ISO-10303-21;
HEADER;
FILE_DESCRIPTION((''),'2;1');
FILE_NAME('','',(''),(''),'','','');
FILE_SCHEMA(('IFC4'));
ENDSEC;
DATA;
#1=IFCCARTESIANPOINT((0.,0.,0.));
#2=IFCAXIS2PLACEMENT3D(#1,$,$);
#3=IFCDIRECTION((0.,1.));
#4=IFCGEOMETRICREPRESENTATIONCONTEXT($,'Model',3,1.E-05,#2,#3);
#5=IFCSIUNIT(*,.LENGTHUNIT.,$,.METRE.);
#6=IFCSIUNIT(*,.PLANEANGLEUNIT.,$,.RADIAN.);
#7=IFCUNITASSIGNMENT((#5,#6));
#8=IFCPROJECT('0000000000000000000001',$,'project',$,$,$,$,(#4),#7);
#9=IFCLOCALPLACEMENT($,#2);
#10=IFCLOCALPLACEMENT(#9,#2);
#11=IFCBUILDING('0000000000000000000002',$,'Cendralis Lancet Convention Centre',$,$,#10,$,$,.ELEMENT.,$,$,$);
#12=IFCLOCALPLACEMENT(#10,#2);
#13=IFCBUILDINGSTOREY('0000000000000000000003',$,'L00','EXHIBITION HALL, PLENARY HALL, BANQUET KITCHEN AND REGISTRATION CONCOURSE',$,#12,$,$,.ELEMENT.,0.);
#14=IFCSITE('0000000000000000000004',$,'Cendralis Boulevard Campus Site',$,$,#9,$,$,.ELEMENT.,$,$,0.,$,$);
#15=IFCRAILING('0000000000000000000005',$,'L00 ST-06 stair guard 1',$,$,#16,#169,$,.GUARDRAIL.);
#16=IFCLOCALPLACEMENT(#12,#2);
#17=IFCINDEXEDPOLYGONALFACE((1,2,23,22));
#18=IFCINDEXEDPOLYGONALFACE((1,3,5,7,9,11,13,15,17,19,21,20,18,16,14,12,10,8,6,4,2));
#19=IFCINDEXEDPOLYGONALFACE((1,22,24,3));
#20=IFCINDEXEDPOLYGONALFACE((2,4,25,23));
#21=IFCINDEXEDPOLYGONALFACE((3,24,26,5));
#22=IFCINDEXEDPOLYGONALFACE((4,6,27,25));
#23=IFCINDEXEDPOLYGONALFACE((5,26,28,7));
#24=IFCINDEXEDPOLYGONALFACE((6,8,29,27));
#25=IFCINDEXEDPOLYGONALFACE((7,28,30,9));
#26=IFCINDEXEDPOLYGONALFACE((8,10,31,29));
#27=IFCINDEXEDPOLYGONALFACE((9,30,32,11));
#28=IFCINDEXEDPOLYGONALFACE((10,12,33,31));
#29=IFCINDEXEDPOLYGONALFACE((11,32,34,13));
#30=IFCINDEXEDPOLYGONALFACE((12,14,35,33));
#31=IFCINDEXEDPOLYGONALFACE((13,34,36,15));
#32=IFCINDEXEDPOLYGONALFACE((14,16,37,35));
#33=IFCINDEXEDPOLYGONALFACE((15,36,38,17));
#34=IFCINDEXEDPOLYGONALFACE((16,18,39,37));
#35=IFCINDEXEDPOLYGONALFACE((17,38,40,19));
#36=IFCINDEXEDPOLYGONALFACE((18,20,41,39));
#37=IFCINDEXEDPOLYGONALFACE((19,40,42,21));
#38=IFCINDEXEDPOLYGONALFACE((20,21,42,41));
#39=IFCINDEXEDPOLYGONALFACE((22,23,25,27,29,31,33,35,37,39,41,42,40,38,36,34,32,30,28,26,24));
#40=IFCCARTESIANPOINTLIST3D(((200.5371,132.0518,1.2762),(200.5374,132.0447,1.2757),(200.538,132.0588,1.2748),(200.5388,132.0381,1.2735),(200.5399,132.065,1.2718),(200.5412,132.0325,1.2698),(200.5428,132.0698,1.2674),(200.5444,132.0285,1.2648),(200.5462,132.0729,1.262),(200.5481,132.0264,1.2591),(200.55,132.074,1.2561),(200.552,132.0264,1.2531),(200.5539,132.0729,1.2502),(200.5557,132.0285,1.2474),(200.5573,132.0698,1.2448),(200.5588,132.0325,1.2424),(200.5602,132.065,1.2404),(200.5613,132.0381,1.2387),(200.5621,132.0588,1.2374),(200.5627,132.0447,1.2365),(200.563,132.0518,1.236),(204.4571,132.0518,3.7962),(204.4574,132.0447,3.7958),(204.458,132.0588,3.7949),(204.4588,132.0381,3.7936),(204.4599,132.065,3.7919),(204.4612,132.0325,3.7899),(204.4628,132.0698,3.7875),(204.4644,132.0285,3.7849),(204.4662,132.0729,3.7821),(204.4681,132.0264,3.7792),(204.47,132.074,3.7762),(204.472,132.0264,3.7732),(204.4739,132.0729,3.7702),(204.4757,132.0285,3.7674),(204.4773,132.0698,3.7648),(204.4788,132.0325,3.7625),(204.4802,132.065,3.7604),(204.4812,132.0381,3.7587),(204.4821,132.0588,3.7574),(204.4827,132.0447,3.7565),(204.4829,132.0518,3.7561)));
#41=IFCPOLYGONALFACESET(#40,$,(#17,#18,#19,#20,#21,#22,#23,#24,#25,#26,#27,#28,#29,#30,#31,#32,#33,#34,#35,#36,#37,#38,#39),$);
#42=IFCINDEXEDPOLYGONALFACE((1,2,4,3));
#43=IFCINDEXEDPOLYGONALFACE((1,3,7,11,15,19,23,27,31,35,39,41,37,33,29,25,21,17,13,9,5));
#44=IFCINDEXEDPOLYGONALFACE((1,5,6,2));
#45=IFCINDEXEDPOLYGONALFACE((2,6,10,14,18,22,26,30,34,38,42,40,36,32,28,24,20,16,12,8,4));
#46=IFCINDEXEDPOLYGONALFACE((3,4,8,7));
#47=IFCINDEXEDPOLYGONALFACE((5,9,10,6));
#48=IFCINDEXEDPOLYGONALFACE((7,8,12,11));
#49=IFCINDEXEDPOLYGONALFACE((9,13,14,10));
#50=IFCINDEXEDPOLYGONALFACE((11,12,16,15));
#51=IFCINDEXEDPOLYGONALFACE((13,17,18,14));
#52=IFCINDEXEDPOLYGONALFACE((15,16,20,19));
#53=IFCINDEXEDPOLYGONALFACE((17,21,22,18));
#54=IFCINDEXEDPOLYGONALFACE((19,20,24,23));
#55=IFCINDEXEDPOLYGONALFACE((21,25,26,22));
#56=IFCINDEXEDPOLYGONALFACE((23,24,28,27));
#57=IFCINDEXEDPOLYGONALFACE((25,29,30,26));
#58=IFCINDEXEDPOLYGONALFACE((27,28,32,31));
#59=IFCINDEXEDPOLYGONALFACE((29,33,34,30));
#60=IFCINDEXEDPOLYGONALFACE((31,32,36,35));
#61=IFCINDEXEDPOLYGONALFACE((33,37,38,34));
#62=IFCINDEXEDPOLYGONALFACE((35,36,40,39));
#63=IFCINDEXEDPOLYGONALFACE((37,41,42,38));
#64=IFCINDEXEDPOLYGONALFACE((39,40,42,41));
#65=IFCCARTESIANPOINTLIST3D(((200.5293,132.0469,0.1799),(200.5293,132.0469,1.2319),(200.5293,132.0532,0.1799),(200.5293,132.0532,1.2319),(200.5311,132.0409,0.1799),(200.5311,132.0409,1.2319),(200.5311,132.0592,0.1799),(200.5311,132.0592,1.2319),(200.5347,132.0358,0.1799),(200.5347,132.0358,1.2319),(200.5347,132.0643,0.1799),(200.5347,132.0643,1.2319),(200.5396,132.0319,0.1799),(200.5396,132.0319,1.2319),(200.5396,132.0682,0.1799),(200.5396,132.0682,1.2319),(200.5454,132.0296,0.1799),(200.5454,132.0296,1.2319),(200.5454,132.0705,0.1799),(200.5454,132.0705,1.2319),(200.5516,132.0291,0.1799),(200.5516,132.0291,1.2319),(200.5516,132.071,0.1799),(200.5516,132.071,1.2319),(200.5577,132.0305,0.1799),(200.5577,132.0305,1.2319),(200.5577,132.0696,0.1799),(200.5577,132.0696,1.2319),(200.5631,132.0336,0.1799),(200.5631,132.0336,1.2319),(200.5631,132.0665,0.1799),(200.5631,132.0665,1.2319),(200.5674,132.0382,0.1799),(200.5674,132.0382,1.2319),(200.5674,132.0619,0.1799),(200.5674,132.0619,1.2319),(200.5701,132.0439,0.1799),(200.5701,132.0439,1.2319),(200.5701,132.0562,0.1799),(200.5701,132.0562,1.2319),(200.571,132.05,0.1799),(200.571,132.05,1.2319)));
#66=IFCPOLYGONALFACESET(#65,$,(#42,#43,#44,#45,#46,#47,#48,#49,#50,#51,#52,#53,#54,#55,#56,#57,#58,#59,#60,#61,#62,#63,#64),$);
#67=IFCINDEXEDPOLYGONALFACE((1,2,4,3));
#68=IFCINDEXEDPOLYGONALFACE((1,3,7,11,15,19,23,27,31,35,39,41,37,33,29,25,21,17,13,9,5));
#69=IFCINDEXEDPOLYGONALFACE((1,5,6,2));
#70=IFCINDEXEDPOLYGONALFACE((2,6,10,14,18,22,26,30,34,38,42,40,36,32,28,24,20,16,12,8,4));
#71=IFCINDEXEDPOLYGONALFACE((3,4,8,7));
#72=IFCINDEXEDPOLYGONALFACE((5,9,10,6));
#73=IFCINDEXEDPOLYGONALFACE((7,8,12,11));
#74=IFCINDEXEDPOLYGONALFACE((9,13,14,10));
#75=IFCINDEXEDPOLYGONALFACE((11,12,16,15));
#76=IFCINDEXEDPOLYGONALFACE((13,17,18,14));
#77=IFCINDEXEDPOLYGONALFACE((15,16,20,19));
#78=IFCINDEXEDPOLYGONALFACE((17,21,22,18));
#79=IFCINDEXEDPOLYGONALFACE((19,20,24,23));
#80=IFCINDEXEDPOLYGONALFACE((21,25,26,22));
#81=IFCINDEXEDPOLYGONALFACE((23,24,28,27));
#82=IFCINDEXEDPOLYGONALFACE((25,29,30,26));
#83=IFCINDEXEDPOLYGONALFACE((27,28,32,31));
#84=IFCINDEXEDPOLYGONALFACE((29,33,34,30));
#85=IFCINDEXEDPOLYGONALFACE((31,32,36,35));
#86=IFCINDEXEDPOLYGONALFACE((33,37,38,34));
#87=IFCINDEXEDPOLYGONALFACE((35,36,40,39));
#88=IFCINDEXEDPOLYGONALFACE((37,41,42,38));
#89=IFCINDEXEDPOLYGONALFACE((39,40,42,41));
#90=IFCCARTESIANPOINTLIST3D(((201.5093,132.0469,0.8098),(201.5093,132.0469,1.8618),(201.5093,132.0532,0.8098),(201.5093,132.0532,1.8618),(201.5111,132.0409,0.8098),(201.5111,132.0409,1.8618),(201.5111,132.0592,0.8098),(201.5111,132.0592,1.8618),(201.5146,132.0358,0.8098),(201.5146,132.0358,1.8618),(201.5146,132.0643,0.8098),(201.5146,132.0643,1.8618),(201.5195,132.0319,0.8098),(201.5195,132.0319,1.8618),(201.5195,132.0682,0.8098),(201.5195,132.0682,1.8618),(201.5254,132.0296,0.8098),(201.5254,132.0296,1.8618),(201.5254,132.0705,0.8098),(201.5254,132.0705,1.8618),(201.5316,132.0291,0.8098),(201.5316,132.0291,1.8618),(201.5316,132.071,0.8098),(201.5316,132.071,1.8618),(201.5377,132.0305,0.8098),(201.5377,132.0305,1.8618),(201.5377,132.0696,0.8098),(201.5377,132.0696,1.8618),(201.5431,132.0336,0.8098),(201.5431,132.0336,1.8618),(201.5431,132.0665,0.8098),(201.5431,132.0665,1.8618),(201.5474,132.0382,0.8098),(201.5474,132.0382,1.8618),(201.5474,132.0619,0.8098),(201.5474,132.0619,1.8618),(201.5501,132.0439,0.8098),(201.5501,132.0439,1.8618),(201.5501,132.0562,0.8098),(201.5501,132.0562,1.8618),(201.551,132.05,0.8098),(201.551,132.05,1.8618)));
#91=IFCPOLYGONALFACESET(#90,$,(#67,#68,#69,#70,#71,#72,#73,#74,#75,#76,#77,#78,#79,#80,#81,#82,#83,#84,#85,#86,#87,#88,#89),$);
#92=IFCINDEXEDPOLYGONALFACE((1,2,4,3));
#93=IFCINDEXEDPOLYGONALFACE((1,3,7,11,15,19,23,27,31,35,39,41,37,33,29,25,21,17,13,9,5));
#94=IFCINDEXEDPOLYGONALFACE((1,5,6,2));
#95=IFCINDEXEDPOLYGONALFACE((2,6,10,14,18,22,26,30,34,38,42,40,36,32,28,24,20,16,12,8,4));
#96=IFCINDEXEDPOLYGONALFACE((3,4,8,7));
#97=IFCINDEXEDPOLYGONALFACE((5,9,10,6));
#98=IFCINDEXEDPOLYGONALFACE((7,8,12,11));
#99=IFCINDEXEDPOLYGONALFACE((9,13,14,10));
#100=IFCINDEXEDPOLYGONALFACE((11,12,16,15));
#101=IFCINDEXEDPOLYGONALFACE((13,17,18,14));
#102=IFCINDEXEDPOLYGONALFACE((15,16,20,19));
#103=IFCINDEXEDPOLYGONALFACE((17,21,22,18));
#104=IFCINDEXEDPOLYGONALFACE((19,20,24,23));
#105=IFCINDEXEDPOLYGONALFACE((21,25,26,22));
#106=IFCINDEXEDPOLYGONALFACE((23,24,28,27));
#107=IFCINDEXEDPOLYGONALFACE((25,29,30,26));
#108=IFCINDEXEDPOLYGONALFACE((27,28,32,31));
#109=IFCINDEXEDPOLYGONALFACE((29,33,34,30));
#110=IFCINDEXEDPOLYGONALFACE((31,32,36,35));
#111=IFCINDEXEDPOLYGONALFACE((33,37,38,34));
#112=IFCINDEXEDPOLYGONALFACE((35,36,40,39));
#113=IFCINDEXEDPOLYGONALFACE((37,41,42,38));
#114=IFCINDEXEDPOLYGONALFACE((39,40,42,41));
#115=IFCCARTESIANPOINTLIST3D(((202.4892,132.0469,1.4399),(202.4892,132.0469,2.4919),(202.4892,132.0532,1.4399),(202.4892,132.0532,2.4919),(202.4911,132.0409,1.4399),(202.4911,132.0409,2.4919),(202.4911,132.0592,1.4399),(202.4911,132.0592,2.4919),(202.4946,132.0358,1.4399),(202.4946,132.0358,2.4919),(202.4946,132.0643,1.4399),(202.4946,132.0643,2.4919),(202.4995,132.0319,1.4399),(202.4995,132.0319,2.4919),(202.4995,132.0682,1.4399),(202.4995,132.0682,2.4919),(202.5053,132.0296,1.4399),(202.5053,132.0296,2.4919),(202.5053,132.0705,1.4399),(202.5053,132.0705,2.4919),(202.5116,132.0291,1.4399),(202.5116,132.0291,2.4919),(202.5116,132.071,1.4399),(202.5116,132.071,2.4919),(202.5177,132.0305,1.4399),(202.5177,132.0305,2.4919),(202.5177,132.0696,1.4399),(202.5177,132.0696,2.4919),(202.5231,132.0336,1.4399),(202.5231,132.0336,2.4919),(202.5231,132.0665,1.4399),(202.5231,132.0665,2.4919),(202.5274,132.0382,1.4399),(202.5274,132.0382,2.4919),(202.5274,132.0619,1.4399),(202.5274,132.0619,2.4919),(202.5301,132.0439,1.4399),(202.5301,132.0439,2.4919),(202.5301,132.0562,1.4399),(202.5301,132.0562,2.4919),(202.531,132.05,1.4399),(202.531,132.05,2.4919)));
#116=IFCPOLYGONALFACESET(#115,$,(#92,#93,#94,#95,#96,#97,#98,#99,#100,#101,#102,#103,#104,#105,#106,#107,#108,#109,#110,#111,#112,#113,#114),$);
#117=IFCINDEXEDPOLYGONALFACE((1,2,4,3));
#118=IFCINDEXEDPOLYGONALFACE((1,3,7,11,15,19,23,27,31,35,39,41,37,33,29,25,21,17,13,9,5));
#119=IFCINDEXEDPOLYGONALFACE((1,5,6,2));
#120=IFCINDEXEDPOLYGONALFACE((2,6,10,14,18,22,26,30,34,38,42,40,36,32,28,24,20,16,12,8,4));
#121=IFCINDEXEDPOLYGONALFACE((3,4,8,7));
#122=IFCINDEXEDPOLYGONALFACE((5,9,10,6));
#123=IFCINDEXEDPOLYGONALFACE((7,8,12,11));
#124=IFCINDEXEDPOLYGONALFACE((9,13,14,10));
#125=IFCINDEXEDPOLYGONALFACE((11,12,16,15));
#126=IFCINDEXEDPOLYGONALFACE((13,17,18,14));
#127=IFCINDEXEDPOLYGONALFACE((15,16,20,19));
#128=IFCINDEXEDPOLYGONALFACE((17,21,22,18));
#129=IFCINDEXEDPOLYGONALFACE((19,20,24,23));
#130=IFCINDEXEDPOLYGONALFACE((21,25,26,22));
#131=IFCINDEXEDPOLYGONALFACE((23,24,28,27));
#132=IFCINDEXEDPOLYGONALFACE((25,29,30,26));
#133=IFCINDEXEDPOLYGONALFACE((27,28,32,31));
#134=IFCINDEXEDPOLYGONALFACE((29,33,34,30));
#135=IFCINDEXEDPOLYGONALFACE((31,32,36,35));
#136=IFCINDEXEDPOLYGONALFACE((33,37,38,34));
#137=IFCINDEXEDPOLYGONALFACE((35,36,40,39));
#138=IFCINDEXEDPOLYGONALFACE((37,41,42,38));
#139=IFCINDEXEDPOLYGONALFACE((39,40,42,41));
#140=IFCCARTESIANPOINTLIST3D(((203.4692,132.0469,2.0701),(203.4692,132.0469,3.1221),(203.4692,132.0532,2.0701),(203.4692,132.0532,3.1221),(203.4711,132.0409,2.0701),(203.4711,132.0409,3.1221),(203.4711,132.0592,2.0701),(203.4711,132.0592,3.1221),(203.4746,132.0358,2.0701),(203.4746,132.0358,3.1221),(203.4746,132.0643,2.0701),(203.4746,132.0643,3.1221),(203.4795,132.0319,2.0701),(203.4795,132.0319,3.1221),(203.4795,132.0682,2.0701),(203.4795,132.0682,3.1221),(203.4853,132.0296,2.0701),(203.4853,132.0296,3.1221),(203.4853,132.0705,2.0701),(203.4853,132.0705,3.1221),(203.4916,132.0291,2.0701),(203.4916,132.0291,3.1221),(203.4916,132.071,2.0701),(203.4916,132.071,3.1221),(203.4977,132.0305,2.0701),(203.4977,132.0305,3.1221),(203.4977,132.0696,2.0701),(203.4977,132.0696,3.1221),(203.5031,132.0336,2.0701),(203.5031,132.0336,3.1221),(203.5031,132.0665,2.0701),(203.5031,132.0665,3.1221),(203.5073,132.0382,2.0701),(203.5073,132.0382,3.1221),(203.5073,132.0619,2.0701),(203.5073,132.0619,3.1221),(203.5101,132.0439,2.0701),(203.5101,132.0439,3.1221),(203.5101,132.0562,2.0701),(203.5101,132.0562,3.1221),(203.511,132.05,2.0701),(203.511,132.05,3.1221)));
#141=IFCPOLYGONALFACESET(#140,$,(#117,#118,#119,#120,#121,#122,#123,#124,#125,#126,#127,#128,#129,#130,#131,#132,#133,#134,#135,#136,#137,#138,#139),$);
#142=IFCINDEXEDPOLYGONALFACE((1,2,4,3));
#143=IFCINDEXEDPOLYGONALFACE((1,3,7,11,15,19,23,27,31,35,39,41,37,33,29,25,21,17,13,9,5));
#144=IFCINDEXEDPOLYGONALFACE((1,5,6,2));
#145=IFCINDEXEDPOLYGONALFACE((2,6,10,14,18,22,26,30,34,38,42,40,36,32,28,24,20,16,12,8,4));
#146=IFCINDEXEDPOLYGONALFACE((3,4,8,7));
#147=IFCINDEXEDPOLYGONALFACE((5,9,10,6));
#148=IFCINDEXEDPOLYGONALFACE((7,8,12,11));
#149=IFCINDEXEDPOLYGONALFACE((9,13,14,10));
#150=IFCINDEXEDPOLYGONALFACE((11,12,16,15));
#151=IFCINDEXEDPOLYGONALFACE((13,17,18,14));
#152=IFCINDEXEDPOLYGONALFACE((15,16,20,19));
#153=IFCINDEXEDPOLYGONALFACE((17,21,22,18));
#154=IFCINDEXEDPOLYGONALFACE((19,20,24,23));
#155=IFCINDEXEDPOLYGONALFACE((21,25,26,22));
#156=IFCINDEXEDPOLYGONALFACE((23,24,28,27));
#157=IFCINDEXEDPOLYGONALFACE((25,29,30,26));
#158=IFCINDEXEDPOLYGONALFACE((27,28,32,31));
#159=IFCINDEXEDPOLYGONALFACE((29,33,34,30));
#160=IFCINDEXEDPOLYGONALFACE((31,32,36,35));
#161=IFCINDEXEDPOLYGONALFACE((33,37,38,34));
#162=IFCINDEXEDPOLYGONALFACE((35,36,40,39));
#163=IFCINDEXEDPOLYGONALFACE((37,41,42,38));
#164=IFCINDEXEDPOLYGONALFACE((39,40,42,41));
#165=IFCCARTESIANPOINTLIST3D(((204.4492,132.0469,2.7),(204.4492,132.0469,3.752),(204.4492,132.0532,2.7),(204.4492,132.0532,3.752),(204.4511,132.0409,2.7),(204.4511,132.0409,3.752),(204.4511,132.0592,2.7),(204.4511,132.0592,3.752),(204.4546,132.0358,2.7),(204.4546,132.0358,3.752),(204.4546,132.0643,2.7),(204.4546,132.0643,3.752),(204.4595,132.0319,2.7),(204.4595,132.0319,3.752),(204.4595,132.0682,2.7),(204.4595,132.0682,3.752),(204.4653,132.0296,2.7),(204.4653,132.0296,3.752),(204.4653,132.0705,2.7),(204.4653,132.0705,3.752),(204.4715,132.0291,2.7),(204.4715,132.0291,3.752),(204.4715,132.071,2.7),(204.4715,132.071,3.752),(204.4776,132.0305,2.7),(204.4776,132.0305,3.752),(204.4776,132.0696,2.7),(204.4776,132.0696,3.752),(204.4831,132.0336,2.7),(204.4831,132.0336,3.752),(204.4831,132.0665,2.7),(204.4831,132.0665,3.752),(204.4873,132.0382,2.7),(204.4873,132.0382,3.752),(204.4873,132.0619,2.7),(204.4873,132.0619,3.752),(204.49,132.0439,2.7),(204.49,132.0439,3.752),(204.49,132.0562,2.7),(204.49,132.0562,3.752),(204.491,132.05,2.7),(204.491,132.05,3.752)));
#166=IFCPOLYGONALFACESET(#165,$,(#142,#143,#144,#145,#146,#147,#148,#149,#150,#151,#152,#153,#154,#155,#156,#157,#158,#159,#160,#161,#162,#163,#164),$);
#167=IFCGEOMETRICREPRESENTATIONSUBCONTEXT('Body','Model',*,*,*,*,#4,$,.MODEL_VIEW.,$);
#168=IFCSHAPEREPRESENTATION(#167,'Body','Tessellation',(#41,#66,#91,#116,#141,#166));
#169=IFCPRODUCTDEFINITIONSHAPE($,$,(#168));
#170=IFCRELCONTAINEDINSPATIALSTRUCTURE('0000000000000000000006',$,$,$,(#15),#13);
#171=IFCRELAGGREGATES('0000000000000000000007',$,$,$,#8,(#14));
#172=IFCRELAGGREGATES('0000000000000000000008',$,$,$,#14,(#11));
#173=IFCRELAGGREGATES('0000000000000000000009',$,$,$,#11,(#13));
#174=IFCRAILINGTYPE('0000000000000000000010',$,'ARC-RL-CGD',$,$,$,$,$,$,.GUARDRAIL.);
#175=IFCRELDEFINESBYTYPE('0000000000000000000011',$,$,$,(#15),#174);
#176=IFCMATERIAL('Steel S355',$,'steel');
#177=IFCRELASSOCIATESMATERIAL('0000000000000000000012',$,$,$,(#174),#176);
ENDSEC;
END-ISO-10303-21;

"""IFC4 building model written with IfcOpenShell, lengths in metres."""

from ifc_helpers import new_model, si_unit, direction, frame, origin, origin_2d, place, context, subcontext, project, spatial, circle, extrude, material, type_object, element, save


model = new_model("IFC4")

# Units and contexts
model_context = context("Model", 3, precision=1e-05, world=origin(), true_north=direction((0.0, 1.0)))
body_context = subcontext(model_context, "Body", "Model", "MODEL_VIEW")
ifc_project = project(units=[si_unit("LENGTHUNIT", "METRE"), si_unit("PLANEANGLEUNIT", "RADIAN")], contexts=[model_context])

# Site, building, storey
site_placement = place(None, origin())
site = spatial("IfcSite", under=ifc_project, at=site_placement, Name="Cendralis Boulevard Campus Site", CompositionType="ELEMENT", RefElevation=0.0)
building_placement = place(site_placement, origin())
building = spatial("IfcBuilding", under=site, at=building_placement, Name="Cendralis Lancet Convention Centre", CompositionType="ELEMENT")
storey_placement = place(building_placement, origin())
storey = spatial("IfcBuildingStorey", under=building, at=storey_placement, Name="L00", Description="EXHIBITION HALL, PLENARY HALL, BANQUET KITCHEN AND REGISTRATION CONCOURSE", CompositionType="ELEMENT", Elevation=0.0)

# Railing
ifc_material_1 = material(Name="Steel S355", Category="steel")
railing_type_1 = type_object("IfcRailingType", Name="ARC-RL-CGD", PredefinedType="GUARDRAIL", material=ifc_material_1)
railing_1_placement = place(storey_placement, frame((200.55, 132.05, 0.1799)))
element("IfcRailing", 1, at=railing_1_placement, inside=storey, type_object=railing_type_1, Name="L00 ST-06 stair guard 1", PredefinedType="GUARDRAIL", context=body_context, shape_type="SweptSolid", body=[
    extrude(circle(Radius=0.0239, at=origin_2d()), frame((0.0, 0.0, 1.0762), z_axis=(0.841172, 0.0, 0.540768), x_axis=(0.0, 1.0, 0.0)), (0.0, 0.0, 1.0), 4.6602),
    extrude(circle(Radius=0.021, at=origin_2d()), origin(), (0.0, 0.0, 1.0), 1.052),
    extrude(circle(Radius=0.021, at=origin_2d()), frame((0.98, 0.0, 0.6299)), (0.0, 0.0, 1.0), 1.052),
    extrude(circle(Radius=0.021, at=origin_2d()), frame((1.96, 0.0, 1.26)), (0.0, 0.0, 1.0), 1.052),
    extrude(circle(Radius=0.021, at=origin_2d()), frame((2.9399, 0.0, 1.8901)), (0.0, 0.0, 1.0), 1.052),
    extrude(circle(Radius=0.021, at=origin_2d()), frame((3.9199, 0.0, 2.52)), (0.0, 0.0, 1.0), 1.052),
])

save(model, "model.ifc")
